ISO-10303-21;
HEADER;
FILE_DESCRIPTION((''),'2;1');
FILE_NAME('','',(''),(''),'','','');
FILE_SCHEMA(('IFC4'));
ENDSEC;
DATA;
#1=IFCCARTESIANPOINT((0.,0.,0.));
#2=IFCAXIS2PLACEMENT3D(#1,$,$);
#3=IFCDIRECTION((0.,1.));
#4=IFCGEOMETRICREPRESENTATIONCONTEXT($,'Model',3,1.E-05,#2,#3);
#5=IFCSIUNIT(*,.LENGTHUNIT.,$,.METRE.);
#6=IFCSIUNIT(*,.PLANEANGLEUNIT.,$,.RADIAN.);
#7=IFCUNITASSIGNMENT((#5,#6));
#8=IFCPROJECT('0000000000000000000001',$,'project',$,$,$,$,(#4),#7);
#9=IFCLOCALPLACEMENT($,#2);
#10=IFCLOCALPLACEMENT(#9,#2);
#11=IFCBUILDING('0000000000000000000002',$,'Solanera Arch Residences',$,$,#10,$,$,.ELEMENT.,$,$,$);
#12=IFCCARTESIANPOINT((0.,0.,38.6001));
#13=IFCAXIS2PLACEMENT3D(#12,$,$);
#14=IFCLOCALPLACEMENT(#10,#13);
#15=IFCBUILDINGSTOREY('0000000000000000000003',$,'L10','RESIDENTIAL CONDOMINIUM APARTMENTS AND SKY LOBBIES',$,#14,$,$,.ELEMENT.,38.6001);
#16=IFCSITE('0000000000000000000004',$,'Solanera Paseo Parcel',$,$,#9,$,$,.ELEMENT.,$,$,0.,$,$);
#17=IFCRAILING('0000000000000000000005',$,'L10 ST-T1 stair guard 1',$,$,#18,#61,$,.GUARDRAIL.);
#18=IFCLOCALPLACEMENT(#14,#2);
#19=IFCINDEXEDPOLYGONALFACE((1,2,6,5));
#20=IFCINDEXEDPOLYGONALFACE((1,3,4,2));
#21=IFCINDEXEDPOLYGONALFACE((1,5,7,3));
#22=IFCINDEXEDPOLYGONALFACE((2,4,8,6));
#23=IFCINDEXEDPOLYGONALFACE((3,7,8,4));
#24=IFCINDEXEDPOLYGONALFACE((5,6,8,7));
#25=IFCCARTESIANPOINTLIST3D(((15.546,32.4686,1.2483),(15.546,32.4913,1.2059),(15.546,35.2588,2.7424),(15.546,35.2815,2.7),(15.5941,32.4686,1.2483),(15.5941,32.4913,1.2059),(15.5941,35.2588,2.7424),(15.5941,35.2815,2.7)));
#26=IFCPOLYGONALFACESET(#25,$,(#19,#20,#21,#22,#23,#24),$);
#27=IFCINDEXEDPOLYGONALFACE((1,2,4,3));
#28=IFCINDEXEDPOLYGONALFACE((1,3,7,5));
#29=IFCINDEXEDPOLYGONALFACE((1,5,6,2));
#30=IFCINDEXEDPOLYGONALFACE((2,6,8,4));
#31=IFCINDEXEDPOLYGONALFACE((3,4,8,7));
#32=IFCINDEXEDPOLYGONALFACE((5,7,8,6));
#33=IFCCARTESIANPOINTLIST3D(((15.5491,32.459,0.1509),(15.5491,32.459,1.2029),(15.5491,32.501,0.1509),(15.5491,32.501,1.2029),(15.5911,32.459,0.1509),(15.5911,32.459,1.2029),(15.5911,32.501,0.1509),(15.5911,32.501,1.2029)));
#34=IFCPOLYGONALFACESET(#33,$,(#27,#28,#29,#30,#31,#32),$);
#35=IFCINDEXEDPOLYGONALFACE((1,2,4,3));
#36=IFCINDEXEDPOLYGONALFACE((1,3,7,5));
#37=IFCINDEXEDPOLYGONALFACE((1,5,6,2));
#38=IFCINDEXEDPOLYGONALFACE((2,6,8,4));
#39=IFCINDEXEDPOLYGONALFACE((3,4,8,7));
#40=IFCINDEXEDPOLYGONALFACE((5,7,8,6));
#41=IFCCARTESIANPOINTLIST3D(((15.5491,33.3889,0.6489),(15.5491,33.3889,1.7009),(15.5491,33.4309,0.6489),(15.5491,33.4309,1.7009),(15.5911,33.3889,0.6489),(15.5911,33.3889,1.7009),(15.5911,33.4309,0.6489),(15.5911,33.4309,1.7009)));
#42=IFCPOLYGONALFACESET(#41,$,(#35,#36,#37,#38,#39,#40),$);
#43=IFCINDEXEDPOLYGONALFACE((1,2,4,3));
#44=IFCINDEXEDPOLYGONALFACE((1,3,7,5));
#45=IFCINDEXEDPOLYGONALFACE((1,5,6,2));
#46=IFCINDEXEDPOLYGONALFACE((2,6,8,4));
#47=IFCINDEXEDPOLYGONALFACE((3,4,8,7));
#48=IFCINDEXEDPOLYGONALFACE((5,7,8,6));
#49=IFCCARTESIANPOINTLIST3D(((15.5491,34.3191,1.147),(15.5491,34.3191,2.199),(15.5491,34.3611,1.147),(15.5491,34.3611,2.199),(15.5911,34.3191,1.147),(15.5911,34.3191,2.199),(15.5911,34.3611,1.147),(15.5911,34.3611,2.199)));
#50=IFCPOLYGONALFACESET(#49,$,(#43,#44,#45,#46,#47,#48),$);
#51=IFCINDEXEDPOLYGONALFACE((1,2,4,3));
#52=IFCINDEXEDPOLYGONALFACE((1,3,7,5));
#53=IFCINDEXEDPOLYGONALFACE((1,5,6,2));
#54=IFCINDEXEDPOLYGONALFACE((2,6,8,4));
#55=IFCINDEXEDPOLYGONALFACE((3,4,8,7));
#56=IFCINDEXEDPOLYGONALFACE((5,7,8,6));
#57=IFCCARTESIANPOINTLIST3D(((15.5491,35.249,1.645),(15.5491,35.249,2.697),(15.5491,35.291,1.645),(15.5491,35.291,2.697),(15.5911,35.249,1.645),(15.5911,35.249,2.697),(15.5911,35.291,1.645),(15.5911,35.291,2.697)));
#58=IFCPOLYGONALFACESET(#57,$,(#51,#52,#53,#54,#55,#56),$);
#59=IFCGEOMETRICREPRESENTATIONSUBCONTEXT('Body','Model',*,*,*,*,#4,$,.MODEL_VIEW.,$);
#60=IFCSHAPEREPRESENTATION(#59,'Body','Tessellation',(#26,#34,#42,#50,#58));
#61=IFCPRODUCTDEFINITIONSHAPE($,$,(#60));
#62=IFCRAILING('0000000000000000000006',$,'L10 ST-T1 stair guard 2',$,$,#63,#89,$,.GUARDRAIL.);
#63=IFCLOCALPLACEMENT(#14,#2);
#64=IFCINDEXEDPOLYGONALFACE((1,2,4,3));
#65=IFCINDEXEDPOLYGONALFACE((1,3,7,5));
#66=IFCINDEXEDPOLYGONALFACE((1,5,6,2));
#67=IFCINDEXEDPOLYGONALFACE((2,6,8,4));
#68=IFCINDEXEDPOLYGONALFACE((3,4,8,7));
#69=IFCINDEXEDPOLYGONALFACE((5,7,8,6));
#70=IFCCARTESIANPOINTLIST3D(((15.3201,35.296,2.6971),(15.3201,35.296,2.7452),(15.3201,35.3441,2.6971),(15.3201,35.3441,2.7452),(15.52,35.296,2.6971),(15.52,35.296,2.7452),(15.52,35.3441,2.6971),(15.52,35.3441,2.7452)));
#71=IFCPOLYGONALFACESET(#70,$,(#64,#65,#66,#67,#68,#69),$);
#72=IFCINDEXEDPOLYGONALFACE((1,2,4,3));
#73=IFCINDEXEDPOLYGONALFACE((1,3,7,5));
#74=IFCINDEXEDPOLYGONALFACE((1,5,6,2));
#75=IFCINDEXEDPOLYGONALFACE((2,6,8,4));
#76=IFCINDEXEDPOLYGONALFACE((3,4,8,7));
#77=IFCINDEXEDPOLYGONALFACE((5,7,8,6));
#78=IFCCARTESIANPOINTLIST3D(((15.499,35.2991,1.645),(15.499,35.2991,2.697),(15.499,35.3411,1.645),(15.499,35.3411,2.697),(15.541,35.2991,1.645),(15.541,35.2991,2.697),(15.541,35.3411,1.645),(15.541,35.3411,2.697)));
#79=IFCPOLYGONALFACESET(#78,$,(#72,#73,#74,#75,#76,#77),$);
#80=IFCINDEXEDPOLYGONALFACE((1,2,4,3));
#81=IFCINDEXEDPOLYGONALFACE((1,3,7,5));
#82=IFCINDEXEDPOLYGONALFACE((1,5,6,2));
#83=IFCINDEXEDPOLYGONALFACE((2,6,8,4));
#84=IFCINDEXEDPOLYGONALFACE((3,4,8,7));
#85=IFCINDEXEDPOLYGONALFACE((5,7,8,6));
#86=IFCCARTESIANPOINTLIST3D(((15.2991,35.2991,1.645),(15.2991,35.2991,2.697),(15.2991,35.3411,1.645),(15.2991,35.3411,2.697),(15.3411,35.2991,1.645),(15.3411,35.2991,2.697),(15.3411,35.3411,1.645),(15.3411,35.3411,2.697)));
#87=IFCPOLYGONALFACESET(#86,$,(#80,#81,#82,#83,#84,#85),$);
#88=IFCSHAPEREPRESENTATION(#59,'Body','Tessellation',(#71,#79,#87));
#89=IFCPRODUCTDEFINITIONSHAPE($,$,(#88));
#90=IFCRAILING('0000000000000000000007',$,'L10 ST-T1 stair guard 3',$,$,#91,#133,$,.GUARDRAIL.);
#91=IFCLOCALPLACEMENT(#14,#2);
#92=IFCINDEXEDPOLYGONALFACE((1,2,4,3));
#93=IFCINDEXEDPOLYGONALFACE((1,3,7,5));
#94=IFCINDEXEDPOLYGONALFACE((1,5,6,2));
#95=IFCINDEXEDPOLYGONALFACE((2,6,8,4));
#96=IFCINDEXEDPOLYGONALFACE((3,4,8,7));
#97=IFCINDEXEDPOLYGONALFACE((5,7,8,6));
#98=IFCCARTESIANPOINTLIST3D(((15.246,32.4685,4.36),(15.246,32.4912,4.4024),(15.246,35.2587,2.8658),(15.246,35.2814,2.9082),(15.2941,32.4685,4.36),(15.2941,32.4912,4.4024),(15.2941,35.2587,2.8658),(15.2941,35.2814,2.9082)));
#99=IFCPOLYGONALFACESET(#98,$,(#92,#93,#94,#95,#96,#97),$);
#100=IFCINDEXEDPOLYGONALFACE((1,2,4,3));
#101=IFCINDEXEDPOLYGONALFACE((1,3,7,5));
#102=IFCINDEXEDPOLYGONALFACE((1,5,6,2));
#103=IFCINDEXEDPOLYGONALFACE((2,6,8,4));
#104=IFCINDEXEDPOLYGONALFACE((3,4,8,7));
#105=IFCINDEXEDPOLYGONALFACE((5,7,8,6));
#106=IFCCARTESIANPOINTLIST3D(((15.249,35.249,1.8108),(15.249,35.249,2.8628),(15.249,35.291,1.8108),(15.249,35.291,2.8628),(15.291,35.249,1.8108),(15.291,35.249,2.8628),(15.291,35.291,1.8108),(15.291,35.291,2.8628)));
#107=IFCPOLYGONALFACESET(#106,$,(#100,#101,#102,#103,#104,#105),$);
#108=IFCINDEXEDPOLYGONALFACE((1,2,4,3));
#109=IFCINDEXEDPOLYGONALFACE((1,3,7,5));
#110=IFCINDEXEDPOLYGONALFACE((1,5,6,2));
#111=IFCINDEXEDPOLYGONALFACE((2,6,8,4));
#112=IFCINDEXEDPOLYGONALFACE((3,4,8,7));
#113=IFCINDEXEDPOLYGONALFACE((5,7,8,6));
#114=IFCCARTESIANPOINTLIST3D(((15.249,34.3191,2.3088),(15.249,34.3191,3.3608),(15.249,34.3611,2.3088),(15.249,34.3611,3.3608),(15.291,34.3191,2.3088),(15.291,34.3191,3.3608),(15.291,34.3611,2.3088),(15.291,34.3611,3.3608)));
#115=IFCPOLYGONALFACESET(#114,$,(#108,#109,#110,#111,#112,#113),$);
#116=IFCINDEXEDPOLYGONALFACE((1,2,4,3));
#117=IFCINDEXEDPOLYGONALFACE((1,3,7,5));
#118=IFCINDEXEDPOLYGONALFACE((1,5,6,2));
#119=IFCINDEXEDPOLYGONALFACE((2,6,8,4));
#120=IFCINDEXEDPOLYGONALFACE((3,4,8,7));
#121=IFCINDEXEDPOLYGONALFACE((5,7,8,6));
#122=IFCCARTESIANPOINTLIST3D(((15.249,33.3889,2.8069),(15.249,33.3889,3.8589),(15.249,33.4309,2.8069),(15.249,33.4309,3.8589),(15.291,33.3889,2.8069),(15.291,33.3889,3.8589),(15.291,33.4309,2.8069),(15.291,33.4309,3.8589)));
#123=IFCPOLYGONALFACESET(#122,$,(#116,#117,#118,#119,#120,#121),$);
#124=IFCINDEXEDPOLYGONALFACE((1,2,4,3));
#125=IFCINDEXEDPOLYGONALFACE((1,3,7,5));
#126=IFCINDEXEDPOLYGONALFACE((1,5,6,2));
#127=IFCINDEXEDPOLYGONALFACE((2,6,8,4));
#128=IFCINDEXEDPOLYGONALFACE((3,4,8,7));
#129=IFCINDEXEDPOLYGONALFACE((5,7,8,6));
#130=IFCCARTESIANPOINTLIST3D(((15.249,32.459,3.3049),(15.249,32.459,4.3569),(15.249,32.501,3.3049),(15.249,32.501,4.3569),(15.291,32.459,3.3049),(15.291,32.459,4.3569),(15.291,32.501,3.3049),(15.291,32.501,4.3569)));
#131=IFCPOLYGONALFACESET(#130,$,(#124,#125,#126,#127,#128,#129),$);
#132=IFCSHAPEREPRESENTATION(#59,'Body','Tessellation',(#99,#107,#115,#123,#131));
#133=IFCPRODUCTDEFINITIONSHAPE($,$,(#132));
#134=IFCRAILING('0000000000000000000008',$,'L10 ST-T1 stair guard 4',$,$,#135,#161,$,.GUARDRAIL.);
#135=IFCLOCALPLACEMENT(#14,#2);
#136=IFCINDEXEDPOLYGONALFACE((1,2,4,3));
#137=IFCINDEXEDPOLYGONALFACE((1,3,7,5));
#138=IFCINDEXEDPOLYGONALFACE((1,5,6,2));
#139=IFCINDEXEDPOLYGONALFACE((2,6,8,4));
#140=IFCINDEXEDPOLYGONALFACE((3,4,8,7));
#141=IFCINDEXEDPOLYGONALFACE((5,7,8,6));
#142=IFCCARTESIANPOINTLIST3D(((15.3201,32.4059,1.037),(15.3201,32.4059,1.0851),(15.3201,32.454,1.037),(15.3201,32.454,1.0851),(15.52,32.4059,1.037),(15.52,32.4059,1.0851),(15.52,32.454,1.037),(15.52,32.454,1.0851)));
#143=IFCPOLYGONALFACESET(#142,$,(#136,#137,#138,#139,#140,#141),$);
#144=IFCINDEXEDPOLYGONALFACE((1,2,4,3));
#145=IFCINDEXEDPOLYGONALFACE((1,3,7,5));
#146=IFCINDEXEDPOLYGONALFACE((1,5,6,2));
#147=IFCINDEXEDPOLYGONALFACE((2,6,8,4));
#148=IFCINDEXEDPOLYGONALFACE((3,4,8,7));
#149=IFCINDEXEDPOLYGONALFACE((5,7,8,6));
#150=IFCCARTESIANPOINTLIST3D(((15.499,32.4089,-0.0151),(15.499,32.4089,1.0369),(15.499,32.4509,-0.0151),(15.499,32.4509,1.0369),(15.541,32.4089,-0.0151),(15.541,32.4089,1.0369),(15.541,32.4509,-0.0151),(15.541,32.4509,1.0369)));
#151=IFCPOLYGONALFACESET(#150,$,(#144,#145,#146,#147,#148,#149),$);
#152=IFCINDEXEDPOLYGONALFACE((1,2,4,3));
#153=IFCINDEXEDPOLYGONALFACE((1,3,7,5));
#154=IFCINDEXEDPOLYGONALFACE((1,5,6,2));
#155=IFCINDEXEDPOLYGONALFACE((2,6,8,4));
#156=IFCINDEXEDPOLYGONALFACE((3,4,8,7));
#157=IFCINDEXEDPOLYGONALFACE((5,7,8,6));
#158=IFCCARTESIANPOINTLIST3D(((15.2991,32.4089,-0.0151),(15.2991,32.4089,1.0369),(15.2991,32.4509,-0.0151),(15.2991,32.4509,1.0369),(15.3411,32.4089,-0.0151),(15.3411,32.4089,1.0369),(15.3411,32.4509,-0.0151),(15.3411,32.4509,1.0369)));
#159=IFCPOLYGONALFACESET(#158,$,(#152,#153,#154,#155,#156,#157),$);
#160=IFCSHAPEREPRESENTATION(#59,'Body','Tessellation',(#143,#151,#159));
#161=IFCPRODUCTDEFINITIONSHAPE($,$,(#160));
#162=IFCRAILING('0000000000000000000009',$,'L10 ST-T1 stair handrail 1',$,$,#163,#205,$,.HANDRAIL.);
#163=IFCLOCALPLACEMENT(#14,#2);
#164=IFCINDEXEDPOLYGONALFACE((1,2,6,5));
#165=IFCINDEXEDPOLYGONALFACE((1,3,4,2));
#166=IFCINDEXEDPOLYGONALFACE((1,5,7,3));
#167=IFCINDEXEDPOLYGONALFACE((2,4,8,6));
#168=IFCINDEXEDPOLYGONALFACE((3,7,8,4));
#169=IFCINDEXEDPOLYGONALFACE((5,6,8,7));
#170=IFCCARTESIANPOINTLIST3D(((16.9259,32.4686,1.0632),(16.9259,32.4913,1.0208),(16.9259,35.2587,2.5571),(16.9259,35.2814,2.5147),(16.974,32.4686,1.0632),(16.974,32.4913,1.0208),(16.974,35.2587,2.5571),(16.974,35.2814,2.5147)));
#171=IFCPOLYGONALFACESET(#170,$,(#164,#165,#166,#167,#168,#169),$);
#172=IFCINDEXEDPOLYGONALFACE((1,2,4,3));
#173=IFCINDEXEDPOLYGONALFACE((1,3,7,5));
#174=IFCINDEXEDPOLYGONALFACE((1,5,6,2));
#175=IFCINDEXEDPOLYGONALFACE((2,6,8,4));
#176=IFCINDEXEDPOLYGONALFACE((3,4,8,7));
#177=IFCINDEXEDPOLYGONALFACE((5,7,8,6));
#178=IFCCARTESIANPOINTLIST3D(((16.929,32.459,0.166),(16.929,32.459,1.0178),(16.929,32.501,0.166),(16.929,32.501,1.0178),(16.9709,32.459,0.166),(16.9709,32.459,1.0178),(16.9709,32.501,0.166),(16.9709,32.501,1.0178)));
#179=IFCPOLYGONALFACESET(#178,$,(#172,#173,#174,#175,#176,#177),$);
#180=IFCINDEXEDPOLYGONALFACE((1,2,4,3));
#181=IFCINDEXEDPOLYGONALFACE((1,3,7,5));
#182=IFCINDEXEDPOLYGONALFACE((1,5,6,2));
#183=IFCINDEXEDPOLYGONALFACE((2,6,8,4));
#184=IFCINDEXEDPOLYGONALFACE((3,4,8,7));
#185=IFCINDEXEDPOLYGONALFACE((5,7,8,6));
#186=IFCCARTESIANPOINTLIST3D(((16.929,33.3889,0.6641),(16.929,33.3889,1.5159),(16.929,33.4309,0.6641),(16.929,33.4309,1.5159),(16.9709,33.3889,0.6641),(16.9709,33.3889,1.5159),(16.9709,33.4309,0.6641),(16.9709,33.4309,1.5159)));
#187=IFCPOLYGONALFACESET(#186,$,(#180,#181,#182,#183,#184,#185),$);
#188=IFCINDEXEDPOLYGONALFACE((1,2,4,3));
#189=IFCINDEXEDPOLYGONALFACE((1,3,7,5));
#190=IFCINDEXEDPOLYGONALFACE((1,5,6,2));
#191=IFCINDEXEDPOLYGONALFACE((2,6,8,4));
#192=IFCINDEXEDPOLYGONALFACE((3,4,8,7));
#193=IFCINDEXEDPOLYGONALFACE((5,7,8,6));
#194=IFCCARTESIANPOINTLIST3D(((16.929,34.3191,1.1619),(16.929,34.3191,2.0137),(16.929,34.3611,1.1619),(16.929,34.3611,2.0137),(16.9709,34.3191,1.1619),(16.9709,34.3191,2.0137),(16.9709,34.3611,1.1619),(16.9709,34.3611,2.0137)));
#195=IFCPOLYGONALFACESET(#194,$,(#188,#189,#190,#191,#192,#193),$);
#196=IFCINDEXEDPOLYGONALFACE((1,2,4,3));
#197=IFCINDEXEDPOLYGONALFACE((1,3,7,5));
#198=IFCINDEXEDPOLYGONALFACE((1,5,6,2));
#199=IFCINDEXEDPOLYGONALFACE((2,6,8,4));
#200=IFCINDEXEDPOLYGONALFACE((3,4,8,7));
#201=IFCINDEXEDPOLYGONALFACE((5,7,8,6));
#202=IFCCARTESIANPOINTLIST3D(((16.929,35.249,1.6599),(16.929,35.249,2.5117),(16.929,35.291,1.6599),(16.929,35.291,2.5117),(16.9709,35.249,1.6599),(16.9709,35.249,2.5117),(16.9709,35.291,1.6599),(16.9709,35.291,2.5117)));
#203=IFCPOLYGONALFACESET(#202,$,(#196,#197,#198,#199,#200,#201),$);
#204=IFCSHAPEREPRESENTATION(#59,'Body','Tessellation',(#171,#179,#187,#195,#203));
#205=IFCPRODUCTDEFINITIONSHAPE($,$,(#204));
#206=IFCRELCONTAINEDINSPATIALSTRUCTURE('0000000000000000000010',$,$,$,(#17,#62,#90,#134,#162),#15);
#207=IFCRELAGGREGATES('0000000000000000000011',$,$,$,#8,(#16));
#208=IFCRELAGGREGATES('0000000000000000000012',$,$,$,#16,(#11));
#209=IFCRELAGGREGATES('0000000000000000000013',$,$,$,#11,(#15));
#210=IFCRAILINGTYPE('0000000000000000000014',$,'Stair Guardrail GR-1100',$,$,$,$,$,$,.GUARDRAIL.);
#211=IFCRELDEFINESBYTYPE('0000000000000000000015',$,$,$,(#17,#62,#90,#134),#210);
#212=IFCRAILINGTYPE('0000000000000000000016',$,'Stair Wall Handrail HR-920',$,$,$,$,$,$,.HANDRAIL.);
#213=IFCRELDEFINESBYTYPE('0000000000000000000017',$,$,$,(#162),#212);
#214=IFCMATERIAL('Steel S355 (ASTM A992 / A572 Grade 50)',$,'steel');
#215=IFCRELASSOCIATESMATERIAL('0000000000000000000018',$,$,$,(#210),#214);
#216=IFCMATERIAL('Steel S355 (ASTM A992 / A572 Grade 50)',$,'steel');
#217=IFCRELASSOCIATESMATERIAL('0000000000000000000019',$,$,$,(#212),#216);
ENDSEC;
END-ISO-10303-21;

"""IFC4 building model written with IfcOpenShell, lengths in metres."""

from ifc_helpers import new_model, si_unit, direction, frame, origin, origin_2d, place, context, subcontext, project, spatial, rectangle, extrude, material, type_object, element, save


model = new_model("IFC4")

# Units and contexts
model_context = context("Model", 3, precision=1e-05, world=origin(), true_north=direction((0.0, 1.0)))
body_context = subcontext(model_context, "Body", "Model", "MODEL_VIEW")
ifc_project = project(units=[si_unit("LENGTHUNIT", "METRE"), si_unit("PLANEANGLEUNIT", "RADIAN")], contexts=[model_context])

# Site, building, storey
site_placement = place(None, origin())
site = spatial("IfcSite", under=ifc_project, at=site_placement, Name="Solanera Paseo Parcel", CompositionType="ELEMENT", RefElevation=0.0)
building_placement = place(site_placement, origin())
building = spatial("IfcBuilding", under=site, at=building_placement, Name="Solanera Arch Residences", CompositionType="ELEMENT")
storey_placement = place(building_placement, frame((0.0, 0.0, 38.6001)))
storey = spatial("IfcBuildingStorey", under=building, at=storey_placement, Name="L10", Description="RESIDENTIAL CONDOMINIUM APARTMENTS AND SKY LOBBIES", CompositionType="ELEMENT", Elevation=38.6001)

# Railings
ifc_material_1 = material(Name="Steel S355 (ASTM A992 / A572 Grade 50)", Category="steel")
railing_type_1 = type_object("IfcRailingType", Name="Stair Guardrail GR-1100", PredefinedType="GUARDRAIL", material=ifc_material_1)
railing_1_placement = place(storey_placement, frame((15.5701, 32.48, 0.1509)))
element("IfcRailing", 1, at=railing_1_placement, inside=storey, type_object=railing_type_1, Name="L10 ST-T1 stair guard 1", PredefinedType="GUARDRAIL", context=body_context, shape_type="SweptSolid", body=[
    extrude(rectangle(XDim=0.0481, YDim=0.0481, at=origin_2d()), frame((0.0, 0.0, 1.0762), z_axis=(0.0, 0.881549, 0.472093), x_axis=(-1.0, 0.0, 0.0)), (0.0, 0.0, 1.0), 3.165),
    extrude(rectangle(XDim=0.042, YDim=0.042, at=origin_2d()), origin(), (0.0, 0.0, 1.0), 1.052),
    extrude(rectangle(XDim=0.042, YDim=0.042, at=origin_2d()), frame((0.0, 0.9299, 0.498)), (0.0, 0.0, 1.0), 1.052),
    extrude(rectangle(XDim=0.042, YDim=0.042, at=origin_2d()), frame((0.0, 1.8601, 0.9961)), (0.0, 0.0, 1.0), 1.052),
    extrude(rectangle(XDim=0.042, YDim=0.042, at=origin_2d()), frame((0.0, 2.79, 1.4941)), (0.0, 0.0, 1.0), 1.052),
])
railing_2_placement = place(storey_placement, frame((15.52, 35.3201, 1.645)))
element("IfcRailing", 2, at=railing_2_placement, inside=storey, type_object=railing_type_1, Name="L10 ST-T1 stair guard 2", PredefinedType="GUARDRAIL", context=body_context, shape_type="SweptSolid", body=[
    extrude(rectangle(XDim=0.0481, YDim=0.0481, at=origin_2d()), frame((0.0, 0.0, 1.0762), z_axis=(-1.0, 0.0, 0.0), x_axis=(0.0, -1.0, 0.0)), (0.0, 0.0, 1.0), 0.2),
    extrude(rectangle(XDim=0.042, YDim=0.042, at=origin_2d()), origin(), (0.0, 0.0, 1.0), 1.052),
    extrude(rectangle(XDim=0.042, YDim=0.042, at=origin_2d()), frame((-0.2, 0.0, 0.0)), (0.0, 0.0, 1.0), 1.052),
])
railing_3_placement = place(storey_placement, frame((15.27, 35.27, 1.8108)))
element("IfcRailing", 3, at=railing_3_placement, inside=storey, type_object=railing_type_1, Name="L10 ST-T1 stair guard 3", PredefinedType="GUARDRAIL", context=body_context, shape_type="SweptSolid", body=[
    extrude(rectangle(XDim=0.0481, YDim=0.0481, at=origin_2d()), frame((0.0, 0.0, 1.0762), z_axis=(0.0, -0.881549, 0.472093), x_axis=(1.0, 0.0, 0.0)), (0.0, 0.0, 1.0), 3.165),
    extrude(rectangle(XDim=0.042, YDim=0.042, at=origin_2d()), origin(), (0.0, 0.0, 1.0), 1.052),
    extrude(rectangle(XDim=0.042, YDim=0.042, at=origin_2d()), frame((0.0, -0.9299, 0.498)), (0.0, 0.0, 1.0), 1.052),
    extrude(rectangle(XDim=0.042, YDim=0.042, at=origin_2d()), frame((0.0, -1.8601, 0.9961)), (0.0, 0.0, 1.0), 1.052),
    extrude(rectangle(XDim=0.042, YDim=0.042, at=origin_2d()), frame((0.0, -2.79, 1.4941)), (0.0, 0.0, 1.0), 1.052),
])
railing_4_placement = place(storey_placement, frame((15.52, 32.4299, -0.0151)))
element("IfcRailing", 4, at=railing_4_placement, inside=storey, type_object=railing_type_1, Name="L10 ST-T1 stair guard 4", PredefinedType="GUARDRAIL", context=body_context, shape_type="SweptSolid", body=[
    extrude(rectangle(XDim=0.0481, YDim=0.0481, at=origin_2d()), frame((0.0, 0.0, 1.0762), z_axis=(-1.0, 0.0, 0.0), x_axis=(0.0, -1.0, 0.0)), (0.0, 0.0, 1.0), 0.2),
    extrude(rectangle(XDim=0.042, YDim=0.042, at=origin_2d()), origin(), (0.0, 0.0, 1.0), 1.052),
    extrude(rectangle(XDim=0.042, YDim=0.042, at=origin_2d()), frame((-0.2, 0.0, 0.0)), (0.0, 0.0, 1.0), 1.052),
])
ifc_material_2 = material(Name="Steel S355 (ASTM A992 / A572 Grade 50)", Category="steel")
railing_type_2 = type_object("IfcRailingType", Name="Stair Wall Handrail HR-920", PredefinedType="HANDRAIL", material=ifc_material_2)
railing_5_placement = place(storey_placement, frame((16.95, 32.48, 0.166)))
element("IfcRailing", 5, at=railing_5_placement, inside=storey, type_object=railing_type_2, Name="L10 ST-T1 stair handrail 1", PredefinedType="HANDRAIL", context=body_context, shape_type="SweptSolid", body=[
    extrude(rectangle(XDim=0.0481, YDim=0.0481, at=origin_2d()), frame((0.0, 0.0, 0.876), z_axis=(0.0, 0.881581, 0.472033), x_axis=(-1.0, 0.0, 0.0)), (0.0, 0.0, 1.0), 3.1648),
    extrude(rectangle(XDim=0.042, YDim=0.042, at=origin_2d()), origin(), (0.0, 0.0, 1.0), 0.8518),
    extrude(rectangle(XDim=0.042, YDim=0.042, at=origin_2d()), frame((0.0, 0.9299, 0.498)), (0.0, 0.0, 1.0), 0.8518),
    extrude(rectangle(XDim=0.042, YDim=0.042, at=origin_2d()), frame((0.0, 1.8601, 0.9958)), (0.0, 0.0, 1.0), 0.8518),
    extrude(rectangle(XDim=0.042, YDim=0.042, at=origin_2d()), frame((0.0, 2.79, 1.4939)), (0.0, 0.0, 1.0), 0.8518),
])

save(model, "model.ifc")
